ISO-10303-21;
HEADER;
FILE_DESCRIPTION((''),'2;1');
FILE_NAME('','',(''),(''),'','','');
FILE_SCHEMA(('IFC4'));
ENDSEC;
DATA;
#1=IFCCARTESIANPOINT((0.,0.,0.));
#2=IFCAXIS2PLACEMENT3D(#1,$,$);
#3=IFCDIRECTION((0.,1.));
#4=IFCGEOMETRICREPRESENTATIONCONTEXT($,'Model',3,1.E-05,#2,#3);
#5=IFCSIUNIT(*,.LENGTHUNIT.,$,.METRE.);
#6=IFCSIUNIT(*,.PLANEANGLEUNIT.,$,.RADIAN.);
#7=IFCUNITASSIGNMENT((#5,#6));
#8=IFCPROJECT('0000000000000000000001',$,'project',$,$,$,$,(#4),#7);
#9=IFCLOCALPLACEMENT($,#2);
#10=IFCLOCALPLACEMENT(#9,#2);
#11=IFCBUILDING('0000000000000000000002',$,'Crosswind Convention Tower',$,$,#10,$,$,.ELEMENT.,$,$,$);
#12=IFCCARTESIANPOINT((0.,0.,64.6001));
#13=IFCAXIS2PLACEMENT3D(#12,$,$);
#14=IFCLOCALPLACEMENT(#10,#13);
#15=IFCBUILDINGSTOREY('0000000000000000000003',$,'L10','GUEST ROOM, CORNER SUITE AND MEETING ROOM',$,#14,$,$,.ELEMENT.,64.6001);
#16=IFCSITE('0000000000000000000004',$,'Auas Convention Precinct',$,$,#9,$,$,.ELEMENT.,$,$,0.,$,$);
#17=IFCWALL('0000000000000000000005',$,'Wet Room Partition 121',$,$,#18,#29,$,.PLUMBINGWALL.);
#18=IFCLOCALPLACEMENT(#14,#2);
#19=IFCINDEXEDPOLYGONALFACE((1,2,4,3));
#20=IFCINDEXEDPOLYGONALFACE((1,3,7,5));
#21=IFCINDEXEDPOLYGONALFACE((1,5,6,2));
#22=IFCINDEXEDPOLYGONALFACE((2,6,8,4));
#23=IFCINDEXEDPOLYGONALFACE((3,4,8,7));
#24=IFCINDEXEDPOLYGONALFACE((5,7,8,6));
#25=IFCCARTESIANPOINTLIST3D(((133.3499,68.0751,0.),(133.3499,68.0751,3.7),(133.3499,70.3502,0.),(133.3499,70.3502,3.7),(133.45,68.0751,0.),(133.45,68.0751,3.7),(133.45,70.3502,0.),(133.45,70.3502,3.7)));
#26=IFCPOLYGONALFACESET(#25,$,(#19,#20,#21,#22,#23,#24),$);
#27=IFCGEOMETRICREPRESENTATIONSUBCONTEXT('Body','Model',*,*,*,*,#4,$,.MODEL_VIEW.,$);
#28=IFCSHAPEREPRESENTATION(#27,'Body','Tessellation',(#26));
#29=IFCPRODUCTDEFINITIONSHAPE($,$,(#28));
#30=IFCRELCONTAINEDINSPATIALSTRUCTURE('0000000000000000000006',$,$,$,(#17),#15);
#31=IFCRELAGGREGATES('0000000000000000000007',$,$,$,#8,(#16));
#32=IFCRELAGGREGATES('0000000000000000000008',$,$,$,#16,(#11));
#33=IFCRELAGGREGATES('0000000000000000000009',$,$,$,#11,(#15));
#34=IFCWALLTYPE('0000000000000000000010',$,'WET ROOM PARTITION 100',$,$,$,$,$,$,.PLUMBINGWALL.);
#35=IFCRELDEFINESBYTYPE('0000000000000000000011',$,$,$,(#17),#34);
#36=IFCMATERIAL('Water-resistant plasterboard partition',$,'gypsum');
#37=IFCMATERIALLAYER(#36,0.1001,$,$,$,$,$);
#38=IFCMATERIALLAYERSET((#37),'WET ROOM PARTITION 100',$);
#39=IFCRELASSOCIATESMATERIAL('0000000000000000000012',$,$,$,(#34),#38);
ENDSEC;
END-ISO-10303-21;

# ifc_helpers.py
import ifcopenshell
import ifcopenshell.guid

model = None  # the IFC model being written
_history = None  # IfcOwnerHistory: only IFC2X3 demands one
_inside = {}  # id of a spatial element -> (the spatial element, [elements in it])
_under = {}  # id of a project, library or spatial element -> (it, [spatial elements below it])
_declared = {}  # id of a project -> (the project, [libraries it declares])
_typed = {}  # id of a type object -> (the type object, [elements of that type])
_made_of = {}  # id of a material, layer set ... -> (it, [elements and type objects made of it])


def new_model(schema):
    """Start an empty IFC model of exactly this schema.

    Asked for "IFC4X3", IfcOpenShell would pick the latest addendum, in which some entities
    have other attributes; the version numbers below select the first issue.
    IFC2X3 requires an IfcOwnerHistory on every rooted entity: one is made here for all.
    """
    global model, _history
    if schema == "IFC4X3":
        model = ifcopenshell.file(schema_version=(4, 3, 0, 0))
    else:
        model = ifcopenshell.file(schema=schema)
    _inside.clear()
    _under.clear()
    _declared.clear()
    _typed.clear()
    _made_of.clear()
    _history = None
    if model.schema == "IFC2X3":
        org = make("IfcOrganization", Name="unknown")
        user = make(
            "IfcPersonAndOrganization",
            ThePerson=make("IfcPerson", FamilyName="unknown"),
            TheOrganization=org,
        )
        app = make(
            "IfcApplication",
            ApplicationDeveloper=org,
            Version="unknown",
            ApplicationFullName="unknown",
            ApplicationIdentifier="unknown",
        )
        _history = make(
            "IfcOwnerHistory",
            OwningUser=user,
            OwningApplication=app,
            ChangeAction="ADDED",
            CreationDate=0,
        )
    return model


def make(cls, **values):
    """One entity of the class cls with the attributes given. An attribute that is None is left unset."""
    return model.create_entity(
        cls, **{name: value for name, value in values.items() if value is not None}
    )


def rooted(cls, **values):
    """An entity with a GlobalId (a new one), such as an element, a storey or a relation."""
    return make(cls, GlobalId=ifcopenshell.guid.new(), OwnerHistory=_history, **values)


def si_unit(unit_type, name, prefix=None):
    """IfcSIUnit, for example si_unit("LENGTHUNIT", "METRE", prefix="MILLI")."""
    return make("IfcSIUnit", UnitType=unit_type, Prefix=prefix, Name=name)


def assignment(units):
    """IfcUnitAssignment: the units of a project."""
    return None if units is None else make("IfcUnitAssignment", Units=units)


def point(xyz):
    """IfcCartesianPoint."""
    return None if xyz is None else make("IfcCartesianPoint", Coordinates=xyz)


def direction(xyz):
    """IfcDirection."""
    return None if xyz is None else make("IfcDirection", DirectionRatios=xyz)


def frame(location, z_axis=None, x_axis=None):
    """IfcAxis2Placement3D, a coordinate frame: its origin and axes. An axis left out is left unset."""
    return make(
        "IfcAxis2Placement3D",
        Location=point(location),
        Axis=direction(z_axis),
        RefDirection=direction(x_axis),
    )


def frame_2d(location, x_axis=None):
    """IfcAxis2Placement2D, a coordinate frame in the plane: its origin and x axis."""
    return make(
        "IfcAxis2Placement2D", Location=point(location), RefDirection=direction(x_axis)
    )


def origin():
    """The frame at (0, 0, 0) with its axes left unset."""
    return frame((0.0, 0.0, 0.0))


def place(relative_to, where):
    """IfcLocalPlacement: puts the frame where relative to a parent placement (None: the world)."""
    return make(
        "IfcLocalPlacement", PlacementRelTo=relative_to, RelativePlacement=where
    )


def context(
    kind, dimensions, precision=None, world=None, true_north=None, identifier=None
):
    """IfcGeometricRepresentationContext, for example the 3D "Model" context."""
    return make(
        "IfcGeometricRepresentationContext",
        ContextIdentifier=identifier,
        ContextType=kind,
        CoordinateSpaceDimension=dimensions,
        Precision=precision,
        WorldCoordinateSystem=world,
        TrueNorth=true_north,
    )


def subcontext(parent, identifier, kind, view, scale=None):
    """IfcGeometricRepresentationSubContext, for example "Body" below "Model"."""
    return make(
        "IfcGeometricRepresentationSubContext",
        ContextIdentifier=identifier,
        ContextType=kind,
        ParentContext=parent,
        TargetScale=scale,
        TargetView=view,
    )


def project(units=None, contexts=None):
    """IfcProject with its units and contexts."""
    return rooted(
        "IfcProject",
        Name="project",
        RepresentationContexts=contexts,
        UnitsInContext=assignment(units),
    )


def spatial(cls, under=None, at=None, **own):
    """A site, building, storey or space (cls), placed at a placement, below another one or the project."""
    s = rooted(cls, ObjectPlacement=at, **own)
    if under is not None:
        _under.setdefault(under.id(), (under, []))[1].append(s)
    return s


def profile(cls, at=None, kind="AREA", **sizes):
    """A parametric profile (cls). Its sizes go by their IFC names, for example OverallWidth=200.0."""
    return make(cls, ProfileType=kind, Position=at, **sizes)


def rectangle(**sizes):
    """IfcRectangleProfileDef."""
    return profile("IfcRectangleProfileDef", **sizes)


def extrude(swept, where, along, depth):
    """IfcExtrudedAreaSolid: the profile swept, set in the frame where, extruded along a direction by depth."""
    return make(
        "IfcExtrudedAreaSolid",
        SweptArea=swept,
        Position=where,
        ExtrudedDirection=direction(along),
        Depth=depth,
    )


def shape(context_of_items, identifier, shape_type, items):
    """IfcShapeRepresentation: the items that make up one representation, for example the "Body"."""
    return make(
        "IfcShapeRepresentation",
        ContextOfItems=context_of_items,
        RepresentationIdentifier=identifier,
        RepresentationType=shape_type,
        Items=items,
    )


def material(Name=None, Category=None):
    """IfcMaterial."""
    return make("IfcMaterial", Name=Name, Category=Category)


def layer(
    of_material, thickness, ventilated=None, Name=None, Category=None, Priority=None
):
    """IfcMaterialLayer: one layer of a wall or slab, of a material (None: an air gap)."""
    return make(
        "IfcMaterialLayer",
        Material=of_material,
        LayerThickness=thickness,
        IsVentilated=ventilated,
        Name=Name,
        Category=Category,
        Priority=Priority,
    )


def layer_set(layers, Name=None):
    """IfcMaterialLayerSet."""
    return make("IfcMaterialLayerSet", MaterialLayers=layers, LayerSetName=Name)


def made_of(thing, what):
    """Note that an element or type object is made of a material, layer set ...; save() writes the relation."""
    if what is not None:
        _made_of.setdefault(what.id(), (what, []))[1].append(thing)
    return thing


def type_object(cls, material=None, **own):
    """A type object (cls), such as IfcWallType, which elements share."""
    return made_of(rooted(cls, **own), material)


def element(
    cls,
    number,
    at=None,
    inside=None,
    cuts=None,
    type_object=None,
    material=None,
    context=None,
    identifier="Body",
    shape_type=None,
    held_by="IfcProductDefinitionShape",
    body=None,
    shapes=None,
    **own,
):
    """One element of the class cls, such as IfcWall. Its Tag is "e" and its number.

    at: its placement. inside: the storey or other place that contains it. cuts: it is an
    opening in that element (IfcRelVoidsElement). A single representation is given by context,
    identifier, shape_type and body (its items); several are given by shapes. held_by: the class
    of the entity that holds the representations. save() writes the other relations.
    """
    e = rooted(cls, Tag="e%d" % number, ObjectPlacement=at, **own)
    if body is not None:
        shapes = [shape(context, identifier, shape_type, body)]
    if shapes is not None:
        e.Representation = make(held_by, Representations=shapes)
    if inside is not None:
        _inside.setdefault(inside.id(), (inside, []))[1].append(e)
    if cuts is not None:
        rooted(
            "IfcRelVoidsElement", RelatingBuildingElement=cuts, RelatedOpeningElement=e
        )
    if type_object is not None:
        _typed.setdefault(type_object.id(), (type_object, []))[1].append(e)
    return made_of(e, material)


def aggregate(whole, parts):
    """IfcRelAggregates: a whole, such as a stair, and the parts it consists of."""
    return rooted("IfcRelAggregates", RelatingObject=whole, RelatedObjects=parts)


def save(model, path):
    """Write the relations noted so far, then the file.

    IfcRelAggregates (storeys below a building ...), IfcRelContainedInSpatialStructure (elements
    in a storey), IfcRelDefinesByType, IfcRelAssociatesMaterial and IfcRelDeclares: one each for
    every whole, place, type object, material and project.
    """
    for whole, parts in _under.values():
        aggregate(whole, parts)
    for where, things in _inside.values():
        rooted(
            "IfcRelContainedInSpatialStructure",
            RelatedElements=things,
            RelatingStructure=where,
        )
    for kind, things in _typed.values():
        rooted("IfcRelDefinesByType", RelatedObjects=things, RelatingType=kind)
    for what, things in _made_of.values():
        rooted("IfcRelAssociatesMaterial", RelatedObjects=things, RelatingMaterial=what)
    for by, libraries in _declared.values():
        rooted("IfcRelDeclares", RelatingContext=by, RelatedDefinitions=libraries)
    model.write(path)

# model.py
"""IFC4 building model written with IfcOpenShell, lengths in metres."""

from ifc_helpers import new_model, si_unit, direction, frame, frame_2d, origin, place, context, subcontext, project, spatial, rectangle, extrude, material, layer, layer_set, type_object, element, save


model = new_model("IFC4")

# Units and contexts
model_context = context("Model", 3, precision=1e-05, world=origin(), true_north=direction((0.0, 1.0)))
body_context = subcontext(model_context, "Body", "Model", "MODEL_VIEW")
ifc_project = project(units=[si_unit("LENGTHUNIT", "METRE"), si_unit("PLANEANGLEUNIT", "RADIAN")], contexts=[model_context])

# Site, building, storey
site_placement = place(None, origin())
site = spatial("IfcSite", under=ifc_project, at=site_placement, Name="Auas Convention Precinct", CompositionType="ELEMENT", RefElevation=0.0)
building_placement = place(site_placement, origin())
building = spatial("IfcBuilding", under=site, at=building_placement, Name="Crosswind Convention Tower", CompositionType="ELEMENT")
storey_placement = place(building_placement, frame((0.0, 0.0, 64.6001)))
storey = spatial("IfcBuildingStorey", under=building, at=storey_placement, Name="L10", Description="GUEST ROOM, CORNER SUITE AND MEETING ROOM", CompositionType="ELEMENT", Elevation=64.6001)

# Shared definitions
ifc_material_1 = material(Name="Water-resistant plasterboard partition", Category="gypsum")
ifc_layer_1 = layer(ifc_material_1, 0.1001)
ifc_layer_set_1 = layer_set([ifc_layer_1], Name="WET ROOM PARTITION 100")
wall_type_1 = type_object("IfcWallType", Name="WET ROOM PARTITION 100", PredefinedType="PLUMBINGWALL", material=ifc_layer_set_1)

# Wall
for number, where, z_axis, x_axis, name in (
    (1, (133.3999, 68.075, 0.0), (0.0, 0.0, 1.0), (0.0, 1.0, 0.0), "Wet Room Partition 121"),
):
    element("IfcWall", number, at=place(storey_placement, frame(where, z_axis=z_axis, x_axis=x_axis)), inside=storey, type_object=wall_type_1, Name=name, PredefinedType="PLUMBINGWALL", context=body_context, shape_type="SweptSolid", body=[
        extrude(rectangle(XDim=2.2751, YDim=0.1001, at=frame_2d((1.1377, 0.0))), origin(), (0.0, 0.0, 1.0), 3.7),
    ])

save(model, "model.ifc")
